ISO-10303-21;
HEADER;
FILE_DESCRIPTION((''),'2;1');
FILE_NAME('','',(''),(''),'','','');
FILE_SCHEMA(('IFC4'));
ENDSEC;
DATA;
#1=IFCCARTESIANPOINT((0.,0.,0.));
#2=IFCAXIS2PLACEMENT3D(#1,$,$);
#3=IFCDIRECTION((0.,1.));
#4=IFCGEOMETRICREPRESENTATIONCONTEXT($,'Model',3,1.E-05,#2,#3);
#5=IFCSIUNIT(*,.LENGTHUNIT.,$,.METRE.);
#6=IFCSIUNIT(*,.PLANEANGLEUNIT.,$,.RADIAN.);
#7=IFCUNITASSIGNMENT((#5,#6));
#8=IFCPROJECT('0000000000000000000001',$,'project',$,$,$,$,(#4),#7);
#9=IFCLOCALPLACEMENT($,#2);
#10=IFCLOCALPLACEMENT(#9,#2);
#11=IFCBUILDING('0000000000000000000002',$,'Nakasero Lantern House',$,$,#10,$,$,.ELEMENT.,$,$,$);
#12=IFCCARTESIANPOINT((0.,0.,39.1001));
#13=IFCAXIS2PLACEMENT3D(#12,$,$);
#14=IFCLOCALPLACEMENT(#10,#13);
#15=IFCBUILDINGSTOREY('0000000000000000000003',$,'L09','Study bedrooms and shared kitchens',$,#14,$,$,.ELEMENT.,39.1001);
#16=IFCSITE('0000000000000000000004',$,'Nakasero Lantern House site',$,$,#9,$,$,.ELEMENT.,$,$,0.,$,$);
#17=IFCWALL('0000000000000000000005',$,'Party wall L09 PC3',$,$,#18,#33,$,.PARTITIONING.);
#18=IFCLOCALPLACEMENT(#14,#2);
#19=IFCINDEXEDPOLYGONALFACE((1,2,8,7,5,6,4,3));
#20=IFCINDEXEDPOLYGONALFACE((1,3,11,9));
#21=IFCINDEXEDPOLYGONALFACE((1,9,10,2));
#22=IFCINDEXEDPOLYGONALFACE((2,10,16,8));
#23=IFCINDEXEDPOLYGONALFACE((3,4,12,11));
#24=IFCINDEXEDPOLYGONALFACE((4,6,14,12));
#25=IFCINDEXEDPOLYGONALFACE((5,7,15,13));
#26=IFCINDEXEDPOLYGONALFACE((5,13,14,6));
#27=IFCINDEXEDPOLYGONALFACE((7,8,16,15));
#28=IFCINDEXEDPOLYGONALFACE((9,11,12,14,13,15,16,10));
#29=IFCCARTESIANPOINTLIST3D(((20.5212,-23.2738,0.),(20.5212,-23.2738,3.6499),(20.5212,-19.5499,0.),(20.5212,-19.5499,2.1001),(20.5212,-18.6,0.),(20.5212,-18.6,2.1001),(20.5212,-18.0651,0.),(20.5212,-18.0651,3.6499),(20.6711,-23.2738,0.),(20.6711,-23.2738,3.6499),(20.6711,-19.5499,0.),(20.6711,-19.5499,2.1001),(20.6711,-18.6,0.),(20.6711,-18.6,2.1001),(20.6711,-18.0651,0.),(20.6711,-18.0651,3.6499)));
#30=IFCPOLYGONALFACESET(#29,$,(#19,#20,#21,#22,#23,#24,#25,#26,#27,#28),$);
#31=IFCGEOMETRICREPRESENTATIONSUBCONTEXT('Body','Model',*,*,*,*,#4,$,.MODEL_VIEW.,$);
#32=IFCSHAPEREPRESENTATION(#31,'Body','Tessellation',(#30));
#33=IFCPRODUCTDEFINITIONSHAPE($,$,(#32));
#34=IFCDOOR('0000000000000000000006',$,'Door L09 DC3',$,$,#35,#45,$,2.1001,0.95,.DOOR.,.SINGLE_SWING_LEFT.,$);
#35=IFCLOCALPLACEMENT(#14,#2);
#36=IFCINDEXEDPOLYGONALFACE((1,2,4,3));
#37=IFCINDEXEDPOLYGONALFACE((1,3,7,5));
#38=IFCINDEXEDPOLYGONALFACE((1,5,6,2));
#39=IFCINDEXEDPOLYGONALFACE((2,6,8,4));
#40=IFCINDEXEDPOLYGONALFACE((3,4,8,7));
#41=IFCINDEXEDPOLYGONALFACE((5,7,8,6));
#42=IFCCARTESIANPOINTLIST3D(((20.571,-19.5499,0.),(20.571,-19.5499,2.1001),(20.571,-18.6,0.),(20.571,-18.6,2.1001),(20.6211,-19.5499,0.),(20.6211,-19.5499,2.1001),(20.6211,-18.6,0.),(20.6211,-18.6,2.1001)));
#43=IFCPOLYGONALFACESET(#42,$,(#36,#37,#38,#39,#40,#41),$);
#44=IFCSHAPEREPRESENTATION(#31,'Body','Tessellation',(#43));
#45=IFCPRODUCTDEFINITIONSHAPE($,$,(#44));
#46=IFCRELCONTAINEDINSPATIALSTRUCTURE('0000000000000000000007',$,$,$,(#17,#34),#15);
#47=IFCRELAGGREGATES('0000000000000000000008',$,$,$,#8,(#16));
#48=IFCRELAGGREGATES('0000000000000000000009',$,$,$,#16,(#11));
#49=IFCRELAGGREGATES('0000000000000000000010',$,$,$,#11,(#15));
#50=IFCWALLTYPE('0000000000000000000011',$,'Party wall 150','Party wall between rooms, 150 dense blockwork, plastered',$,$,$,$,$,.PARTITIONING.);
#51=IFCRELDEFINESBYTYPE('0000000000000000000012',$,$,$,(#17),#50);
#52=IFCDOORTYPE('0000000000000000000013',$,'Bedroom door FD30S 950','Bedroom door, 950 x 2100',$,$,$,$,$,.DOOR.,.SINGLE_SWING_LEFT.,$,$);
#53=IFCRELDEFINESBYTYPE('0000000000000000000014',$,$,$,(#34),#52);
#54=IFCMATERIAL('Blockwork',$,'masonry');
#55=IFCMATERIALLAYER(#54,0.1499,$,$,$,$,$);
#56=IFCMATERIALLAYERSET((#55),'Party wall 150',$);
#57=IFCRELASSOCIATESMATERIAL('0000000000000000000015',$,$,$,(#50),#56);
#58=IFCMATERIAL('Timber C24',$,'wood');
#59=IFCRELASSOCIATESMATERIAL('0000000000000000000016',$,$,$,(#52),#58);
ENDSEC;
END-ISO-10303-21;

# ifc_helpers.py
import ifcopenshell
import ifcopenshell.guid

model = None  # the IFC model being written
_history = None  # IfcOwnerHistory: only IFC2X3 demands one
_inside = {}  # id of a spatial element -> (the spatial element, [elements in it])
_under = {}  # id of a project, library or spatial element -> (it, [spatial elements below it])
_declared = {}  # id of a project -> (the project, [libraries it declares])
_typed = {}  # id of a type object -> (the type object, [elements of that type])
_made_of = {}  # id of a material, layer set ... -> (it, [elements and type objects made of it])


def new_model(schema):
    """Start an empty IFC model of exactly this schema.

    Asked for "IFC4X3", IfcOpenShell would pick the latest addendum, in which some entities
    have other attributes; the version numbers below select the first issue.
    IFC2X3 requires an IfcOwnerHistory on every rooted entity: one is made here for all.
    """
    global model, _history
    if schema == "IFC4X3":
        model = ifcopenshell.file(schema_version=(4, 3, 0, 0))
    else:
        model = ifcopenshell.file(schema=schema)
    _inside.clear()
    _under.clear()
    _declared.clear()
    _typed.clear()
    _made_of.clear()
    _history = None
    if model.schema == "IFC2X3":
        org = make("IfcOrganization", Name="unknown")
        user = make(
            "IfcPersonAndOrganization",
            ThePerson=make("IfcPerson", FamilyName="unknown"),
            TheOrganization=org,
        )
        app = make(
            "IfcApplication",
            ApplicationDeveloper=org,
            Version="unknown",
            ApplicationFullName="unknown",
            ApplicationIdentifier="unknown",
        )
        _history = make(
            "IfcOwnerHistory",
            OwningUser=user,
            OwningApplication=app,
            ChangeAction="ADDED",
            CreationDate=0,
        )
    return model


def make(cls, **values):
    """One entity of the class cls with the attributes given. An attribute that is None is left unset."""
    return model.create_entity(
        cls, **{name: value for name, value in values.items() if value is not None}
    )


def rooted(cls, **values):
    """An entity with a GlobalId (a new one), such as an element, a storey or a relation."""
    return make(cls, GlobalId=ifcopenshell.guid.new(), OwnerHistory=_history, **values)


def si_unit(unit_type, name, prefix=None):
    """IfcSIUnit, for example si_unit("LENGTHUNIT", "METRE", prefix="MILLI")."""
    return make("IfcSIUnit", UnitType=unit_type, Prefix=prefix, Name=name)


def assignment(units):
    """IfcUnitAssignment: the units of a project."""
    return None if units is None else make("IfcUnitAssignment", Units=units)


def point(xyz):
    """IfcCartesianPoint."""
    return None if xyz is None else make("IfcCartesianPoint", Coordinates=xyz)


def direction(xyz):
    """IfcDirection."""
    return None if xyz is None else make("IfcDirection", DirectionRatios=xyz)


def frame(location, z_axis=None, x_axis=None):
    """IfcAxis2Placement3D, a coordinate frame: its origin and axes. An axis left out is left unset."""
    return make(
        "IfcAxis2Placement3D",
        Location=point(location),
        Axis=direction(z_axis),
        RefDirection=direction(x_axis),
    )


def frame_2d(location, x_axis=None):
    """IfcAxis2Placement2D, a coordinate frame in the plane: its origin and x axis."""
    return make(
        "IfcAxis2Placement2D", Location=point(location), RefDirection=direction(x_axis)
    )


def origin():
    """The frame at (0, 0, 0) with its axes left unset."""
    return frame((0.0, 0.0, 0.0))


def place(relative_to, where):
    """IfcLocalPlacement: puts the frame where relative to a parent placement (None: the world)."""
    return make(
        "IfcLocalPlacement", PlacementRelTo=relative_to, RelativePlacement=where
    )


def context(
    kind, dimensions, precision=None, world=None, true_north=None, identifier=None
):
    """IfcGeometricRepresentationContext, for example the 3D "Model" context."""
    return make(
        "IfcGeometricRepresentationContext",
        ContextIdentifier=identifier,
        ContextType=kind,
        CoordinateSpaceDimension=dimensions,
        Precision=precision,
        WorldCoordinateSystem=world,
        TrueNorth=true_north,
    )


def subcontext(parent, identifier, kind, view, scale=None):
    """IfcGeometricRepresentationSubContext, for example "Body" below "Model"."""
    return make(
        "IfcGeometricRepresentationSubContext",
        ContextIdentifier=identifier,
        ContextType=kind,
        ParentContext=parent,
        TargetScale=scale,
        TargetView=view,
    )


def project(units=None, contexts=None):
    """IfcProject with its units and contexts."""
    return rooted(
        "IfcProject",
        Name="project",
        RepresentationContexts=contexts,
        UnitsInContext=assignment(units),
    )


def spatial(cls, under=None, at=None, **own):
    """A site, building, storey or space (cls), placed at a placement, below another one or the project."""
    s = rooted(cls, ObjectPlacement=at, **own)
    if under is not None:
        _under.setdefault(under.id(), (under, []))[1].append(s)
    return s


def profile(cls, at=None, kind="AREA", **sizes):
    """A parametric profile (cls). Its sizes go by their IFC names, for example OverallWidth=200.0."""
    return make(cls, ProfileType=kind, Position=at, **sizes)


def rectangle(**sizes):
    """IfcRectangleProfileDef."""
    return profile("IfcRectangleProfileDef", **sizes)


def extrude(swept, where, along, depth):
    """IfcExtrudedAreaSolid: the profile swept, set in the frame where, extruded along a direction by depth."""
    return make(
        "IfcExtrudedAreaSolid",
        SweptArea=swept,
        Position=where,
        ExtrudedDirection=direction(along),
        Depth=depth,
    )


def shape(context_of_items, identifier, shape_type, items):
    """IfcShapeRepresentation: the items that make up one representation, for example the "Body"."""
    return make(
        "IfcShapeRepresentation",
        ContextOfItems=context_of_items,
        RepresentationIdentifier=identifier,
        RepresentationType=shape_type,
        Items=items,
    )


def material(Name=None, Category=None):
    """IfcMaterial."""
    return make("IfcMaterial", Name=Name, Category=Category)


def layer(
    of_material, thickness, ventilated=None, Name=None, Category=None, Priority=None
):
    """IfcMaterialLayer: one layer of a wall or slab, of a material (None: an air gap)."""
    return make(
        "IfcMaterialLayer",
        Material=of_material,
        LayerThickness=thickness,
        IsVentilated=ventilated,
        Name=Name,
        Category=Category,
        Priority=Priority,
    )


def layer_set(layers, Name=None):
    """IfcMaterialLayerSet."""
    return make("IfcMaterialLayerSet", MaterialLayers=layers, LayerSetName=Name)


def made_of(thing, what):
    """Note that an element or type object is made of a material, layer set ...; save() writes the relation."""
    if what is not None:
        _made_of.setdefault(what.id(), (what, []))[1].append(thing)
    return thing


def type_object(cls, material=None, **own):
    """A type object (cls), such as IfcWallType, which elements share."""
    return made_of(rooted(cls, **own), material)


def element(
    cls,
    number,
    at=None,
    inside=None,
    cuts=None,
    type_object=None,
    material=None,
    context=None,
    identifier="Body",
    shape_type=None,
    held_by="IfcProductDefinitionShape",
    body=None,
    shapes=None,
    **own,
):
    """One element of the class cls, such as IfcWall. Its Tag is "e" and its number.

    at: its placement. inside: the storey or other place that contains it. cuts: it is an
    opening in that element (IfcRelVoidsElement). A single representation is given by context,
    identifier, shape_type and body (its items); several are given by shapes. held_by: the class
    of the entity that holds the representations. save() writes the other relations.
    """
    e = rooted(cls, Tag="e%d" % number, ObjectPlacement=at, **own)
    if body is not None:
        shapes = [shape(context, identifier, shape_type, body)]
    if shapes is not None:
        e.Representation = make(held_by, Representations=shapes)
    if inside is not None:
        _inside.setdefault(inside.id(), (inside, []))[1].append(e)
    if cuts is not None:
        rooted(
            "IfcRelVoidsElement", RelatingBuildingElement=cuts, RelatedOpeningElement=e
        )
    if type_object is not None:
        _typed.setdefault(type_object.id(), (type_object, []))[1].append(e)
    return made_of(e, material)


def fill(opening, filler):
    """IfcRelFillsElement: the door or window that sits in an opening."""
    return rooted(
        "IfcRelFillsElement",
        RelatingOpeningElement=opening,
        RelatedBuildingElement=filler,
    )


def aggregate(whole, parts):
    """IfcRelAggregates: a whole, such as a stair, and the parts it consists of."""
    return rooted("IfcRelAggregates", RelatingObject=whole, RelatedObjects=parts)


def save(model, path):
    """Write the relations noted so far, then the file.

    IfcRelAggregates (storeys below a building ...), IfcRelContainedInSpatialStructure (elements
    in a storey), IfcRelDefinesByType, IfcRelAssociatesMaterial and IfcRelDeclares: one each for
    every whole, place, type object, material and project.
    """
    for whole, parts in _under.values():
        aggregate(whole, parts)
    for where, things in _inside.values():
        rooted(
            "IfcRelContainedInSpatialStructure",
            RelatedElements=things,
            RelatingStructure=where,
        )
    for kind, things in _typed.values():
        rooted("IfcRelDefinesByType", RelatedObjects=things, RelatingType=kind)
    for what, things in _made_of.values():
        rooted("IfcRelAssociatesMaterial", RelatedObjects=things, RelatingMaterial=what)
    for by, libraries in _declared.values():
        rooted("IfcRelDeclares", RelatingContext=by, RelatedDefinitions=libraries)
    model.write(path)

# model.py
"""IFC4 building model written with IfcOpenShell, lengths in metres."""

from ifc_helpers import new_model, si_unit, direction, frame, frame_2d, origin, place, context, subcontext, project, spatial, rectangle, extrude, material, layer, layer_set, type_object, element, fill, save


model = new_model("IFC4")

# Units and contexts
model_context = context("Model", 3, precision=1e-05, world=origin(), true_north=direction((0.0, 1.0)))
body_context = subcontext(model_context, "Body", "Model", "MODEL_VIEW")
ifc_project = project(units=[si_unit("LENGTHUNIT", "METRE"), si_unit("PLANEANGLEUNIT", "RADIAN")], contexts=[model_context])

# Site, building, storey
site_placement = place(None, origin())
site = spatial("IfcSite", under=ifc_project, at=site_placement, Name="Nakasero Lantern House site", CompositionType="ELEMENT", RefElevation=0.0)
building_placement = place(site_placement, origin())
building = spatial("IfcBuilding", under=site, at=building_placement, Name="Nakasero Lantern House", CompositionType="ELEMENT")
storey_placement = place(building_placement, frame((0.0, 0.0, 39.1001)))
storey = spatial("IfcBuildingStorey", under=building, at=storey_placement, Name="L09", Description="Study bedrooms and shared kitchens", CompositionType="ELEMENT", Elevation=39.1001)

# Shared definitions
ifc_material_1 = material(Name="Blockwork", Category="masonry")
ifc_layer_1 = layer(ifc_material_1, 0.1499)
ifc_layer_set_1 = layer_set([ifc_layer_1], Name="Party wall 150")
wall_type_1 = type_object("IfcWallType", Name="Party wall 150", Description="Party wall between rooms, 150 dense blockwork, plastered", PredefinedType="PARTITIONING", material=ifc_layer_set_1)

# Wall, opening, door
wall_1_placement = place(storey_placement, frame((20.5962, -18.0649, 0.0), z_axis=(0.0, 0.0, 1.0), x_axis=(0.0, -1.0, 0.0)))
wall_1 = element("IfcWall", 1, at=wall_1_placement, inside=storey, type_object=wall_type_1, Name="Party wall L09 PC3", PredefinedType="PARTITIONING", context=body_context, shape_type="SweptSolid", body=[
    extrude(rectangle(XDim=5.2087, YDim=0.1499, at=frame_2d((2.6045, 0.0))), origin(), (0.0, 0.0, 1.0), 3.6499),
])
opening_1_placement = place(wall_1_placement, frame((0.5349, 0.0, 0.0)))
opening_1 = element("IfcOpeningElement", 2, at=opening_1_placement, cuts=wall_1, PredefinedType="OPENING", context=body_context, shape_type="SweptSolid", body=[
    extrude(rectangle(XDim=0.95, YDim=2.1001, at=frame_2d((0.4751, 1.05))), frame((0.0, 0.095, 0.0), z_axis=(0.0, -1.0, 0.0), x_axis=(1.0, 0.0, 0.0)), (0.0, 0.0, 1.0), 0.1899),
])
ifc_material_2 = material(Name="Timber C24", Category="wood")
door_type_1 = type_object("IfcDoorType", Name="Bedroom door FD30S 950", Description="Bedroom door, 950 x 2100", OperationType="SINGLE_SWING_LEFT", PredefinedType="DOOR", material=ifc_material_2)
door_1_placement = place(opening_1_placement, origin())
door_1 = element("IfcDoor", 3, at=door_1_placement, inside=storey, type_object=door_type_1, Name="Door L09 DC3", OperationType="SINGLE_SWING_LEFT", OverallHeight=2.1001, OverallWidth=0.95, PredefinedType="DOOR", context=body_context, shape_type="SweptSolid", body=[
    extrude(rectangle(XDim=0.95, YDim=2.1001, at=frame_2d((0.4751, 1.05))), frame((0.0, 0.0249, 0.0), z_axis=(0.0, -1.0, 0.0), x_axis=(1.0, 0.0, 0.0)), (0.0, 0.0, 1.0), 0.05),
])
fill(opening_1, door_1)

save(model, "model.ifc")
